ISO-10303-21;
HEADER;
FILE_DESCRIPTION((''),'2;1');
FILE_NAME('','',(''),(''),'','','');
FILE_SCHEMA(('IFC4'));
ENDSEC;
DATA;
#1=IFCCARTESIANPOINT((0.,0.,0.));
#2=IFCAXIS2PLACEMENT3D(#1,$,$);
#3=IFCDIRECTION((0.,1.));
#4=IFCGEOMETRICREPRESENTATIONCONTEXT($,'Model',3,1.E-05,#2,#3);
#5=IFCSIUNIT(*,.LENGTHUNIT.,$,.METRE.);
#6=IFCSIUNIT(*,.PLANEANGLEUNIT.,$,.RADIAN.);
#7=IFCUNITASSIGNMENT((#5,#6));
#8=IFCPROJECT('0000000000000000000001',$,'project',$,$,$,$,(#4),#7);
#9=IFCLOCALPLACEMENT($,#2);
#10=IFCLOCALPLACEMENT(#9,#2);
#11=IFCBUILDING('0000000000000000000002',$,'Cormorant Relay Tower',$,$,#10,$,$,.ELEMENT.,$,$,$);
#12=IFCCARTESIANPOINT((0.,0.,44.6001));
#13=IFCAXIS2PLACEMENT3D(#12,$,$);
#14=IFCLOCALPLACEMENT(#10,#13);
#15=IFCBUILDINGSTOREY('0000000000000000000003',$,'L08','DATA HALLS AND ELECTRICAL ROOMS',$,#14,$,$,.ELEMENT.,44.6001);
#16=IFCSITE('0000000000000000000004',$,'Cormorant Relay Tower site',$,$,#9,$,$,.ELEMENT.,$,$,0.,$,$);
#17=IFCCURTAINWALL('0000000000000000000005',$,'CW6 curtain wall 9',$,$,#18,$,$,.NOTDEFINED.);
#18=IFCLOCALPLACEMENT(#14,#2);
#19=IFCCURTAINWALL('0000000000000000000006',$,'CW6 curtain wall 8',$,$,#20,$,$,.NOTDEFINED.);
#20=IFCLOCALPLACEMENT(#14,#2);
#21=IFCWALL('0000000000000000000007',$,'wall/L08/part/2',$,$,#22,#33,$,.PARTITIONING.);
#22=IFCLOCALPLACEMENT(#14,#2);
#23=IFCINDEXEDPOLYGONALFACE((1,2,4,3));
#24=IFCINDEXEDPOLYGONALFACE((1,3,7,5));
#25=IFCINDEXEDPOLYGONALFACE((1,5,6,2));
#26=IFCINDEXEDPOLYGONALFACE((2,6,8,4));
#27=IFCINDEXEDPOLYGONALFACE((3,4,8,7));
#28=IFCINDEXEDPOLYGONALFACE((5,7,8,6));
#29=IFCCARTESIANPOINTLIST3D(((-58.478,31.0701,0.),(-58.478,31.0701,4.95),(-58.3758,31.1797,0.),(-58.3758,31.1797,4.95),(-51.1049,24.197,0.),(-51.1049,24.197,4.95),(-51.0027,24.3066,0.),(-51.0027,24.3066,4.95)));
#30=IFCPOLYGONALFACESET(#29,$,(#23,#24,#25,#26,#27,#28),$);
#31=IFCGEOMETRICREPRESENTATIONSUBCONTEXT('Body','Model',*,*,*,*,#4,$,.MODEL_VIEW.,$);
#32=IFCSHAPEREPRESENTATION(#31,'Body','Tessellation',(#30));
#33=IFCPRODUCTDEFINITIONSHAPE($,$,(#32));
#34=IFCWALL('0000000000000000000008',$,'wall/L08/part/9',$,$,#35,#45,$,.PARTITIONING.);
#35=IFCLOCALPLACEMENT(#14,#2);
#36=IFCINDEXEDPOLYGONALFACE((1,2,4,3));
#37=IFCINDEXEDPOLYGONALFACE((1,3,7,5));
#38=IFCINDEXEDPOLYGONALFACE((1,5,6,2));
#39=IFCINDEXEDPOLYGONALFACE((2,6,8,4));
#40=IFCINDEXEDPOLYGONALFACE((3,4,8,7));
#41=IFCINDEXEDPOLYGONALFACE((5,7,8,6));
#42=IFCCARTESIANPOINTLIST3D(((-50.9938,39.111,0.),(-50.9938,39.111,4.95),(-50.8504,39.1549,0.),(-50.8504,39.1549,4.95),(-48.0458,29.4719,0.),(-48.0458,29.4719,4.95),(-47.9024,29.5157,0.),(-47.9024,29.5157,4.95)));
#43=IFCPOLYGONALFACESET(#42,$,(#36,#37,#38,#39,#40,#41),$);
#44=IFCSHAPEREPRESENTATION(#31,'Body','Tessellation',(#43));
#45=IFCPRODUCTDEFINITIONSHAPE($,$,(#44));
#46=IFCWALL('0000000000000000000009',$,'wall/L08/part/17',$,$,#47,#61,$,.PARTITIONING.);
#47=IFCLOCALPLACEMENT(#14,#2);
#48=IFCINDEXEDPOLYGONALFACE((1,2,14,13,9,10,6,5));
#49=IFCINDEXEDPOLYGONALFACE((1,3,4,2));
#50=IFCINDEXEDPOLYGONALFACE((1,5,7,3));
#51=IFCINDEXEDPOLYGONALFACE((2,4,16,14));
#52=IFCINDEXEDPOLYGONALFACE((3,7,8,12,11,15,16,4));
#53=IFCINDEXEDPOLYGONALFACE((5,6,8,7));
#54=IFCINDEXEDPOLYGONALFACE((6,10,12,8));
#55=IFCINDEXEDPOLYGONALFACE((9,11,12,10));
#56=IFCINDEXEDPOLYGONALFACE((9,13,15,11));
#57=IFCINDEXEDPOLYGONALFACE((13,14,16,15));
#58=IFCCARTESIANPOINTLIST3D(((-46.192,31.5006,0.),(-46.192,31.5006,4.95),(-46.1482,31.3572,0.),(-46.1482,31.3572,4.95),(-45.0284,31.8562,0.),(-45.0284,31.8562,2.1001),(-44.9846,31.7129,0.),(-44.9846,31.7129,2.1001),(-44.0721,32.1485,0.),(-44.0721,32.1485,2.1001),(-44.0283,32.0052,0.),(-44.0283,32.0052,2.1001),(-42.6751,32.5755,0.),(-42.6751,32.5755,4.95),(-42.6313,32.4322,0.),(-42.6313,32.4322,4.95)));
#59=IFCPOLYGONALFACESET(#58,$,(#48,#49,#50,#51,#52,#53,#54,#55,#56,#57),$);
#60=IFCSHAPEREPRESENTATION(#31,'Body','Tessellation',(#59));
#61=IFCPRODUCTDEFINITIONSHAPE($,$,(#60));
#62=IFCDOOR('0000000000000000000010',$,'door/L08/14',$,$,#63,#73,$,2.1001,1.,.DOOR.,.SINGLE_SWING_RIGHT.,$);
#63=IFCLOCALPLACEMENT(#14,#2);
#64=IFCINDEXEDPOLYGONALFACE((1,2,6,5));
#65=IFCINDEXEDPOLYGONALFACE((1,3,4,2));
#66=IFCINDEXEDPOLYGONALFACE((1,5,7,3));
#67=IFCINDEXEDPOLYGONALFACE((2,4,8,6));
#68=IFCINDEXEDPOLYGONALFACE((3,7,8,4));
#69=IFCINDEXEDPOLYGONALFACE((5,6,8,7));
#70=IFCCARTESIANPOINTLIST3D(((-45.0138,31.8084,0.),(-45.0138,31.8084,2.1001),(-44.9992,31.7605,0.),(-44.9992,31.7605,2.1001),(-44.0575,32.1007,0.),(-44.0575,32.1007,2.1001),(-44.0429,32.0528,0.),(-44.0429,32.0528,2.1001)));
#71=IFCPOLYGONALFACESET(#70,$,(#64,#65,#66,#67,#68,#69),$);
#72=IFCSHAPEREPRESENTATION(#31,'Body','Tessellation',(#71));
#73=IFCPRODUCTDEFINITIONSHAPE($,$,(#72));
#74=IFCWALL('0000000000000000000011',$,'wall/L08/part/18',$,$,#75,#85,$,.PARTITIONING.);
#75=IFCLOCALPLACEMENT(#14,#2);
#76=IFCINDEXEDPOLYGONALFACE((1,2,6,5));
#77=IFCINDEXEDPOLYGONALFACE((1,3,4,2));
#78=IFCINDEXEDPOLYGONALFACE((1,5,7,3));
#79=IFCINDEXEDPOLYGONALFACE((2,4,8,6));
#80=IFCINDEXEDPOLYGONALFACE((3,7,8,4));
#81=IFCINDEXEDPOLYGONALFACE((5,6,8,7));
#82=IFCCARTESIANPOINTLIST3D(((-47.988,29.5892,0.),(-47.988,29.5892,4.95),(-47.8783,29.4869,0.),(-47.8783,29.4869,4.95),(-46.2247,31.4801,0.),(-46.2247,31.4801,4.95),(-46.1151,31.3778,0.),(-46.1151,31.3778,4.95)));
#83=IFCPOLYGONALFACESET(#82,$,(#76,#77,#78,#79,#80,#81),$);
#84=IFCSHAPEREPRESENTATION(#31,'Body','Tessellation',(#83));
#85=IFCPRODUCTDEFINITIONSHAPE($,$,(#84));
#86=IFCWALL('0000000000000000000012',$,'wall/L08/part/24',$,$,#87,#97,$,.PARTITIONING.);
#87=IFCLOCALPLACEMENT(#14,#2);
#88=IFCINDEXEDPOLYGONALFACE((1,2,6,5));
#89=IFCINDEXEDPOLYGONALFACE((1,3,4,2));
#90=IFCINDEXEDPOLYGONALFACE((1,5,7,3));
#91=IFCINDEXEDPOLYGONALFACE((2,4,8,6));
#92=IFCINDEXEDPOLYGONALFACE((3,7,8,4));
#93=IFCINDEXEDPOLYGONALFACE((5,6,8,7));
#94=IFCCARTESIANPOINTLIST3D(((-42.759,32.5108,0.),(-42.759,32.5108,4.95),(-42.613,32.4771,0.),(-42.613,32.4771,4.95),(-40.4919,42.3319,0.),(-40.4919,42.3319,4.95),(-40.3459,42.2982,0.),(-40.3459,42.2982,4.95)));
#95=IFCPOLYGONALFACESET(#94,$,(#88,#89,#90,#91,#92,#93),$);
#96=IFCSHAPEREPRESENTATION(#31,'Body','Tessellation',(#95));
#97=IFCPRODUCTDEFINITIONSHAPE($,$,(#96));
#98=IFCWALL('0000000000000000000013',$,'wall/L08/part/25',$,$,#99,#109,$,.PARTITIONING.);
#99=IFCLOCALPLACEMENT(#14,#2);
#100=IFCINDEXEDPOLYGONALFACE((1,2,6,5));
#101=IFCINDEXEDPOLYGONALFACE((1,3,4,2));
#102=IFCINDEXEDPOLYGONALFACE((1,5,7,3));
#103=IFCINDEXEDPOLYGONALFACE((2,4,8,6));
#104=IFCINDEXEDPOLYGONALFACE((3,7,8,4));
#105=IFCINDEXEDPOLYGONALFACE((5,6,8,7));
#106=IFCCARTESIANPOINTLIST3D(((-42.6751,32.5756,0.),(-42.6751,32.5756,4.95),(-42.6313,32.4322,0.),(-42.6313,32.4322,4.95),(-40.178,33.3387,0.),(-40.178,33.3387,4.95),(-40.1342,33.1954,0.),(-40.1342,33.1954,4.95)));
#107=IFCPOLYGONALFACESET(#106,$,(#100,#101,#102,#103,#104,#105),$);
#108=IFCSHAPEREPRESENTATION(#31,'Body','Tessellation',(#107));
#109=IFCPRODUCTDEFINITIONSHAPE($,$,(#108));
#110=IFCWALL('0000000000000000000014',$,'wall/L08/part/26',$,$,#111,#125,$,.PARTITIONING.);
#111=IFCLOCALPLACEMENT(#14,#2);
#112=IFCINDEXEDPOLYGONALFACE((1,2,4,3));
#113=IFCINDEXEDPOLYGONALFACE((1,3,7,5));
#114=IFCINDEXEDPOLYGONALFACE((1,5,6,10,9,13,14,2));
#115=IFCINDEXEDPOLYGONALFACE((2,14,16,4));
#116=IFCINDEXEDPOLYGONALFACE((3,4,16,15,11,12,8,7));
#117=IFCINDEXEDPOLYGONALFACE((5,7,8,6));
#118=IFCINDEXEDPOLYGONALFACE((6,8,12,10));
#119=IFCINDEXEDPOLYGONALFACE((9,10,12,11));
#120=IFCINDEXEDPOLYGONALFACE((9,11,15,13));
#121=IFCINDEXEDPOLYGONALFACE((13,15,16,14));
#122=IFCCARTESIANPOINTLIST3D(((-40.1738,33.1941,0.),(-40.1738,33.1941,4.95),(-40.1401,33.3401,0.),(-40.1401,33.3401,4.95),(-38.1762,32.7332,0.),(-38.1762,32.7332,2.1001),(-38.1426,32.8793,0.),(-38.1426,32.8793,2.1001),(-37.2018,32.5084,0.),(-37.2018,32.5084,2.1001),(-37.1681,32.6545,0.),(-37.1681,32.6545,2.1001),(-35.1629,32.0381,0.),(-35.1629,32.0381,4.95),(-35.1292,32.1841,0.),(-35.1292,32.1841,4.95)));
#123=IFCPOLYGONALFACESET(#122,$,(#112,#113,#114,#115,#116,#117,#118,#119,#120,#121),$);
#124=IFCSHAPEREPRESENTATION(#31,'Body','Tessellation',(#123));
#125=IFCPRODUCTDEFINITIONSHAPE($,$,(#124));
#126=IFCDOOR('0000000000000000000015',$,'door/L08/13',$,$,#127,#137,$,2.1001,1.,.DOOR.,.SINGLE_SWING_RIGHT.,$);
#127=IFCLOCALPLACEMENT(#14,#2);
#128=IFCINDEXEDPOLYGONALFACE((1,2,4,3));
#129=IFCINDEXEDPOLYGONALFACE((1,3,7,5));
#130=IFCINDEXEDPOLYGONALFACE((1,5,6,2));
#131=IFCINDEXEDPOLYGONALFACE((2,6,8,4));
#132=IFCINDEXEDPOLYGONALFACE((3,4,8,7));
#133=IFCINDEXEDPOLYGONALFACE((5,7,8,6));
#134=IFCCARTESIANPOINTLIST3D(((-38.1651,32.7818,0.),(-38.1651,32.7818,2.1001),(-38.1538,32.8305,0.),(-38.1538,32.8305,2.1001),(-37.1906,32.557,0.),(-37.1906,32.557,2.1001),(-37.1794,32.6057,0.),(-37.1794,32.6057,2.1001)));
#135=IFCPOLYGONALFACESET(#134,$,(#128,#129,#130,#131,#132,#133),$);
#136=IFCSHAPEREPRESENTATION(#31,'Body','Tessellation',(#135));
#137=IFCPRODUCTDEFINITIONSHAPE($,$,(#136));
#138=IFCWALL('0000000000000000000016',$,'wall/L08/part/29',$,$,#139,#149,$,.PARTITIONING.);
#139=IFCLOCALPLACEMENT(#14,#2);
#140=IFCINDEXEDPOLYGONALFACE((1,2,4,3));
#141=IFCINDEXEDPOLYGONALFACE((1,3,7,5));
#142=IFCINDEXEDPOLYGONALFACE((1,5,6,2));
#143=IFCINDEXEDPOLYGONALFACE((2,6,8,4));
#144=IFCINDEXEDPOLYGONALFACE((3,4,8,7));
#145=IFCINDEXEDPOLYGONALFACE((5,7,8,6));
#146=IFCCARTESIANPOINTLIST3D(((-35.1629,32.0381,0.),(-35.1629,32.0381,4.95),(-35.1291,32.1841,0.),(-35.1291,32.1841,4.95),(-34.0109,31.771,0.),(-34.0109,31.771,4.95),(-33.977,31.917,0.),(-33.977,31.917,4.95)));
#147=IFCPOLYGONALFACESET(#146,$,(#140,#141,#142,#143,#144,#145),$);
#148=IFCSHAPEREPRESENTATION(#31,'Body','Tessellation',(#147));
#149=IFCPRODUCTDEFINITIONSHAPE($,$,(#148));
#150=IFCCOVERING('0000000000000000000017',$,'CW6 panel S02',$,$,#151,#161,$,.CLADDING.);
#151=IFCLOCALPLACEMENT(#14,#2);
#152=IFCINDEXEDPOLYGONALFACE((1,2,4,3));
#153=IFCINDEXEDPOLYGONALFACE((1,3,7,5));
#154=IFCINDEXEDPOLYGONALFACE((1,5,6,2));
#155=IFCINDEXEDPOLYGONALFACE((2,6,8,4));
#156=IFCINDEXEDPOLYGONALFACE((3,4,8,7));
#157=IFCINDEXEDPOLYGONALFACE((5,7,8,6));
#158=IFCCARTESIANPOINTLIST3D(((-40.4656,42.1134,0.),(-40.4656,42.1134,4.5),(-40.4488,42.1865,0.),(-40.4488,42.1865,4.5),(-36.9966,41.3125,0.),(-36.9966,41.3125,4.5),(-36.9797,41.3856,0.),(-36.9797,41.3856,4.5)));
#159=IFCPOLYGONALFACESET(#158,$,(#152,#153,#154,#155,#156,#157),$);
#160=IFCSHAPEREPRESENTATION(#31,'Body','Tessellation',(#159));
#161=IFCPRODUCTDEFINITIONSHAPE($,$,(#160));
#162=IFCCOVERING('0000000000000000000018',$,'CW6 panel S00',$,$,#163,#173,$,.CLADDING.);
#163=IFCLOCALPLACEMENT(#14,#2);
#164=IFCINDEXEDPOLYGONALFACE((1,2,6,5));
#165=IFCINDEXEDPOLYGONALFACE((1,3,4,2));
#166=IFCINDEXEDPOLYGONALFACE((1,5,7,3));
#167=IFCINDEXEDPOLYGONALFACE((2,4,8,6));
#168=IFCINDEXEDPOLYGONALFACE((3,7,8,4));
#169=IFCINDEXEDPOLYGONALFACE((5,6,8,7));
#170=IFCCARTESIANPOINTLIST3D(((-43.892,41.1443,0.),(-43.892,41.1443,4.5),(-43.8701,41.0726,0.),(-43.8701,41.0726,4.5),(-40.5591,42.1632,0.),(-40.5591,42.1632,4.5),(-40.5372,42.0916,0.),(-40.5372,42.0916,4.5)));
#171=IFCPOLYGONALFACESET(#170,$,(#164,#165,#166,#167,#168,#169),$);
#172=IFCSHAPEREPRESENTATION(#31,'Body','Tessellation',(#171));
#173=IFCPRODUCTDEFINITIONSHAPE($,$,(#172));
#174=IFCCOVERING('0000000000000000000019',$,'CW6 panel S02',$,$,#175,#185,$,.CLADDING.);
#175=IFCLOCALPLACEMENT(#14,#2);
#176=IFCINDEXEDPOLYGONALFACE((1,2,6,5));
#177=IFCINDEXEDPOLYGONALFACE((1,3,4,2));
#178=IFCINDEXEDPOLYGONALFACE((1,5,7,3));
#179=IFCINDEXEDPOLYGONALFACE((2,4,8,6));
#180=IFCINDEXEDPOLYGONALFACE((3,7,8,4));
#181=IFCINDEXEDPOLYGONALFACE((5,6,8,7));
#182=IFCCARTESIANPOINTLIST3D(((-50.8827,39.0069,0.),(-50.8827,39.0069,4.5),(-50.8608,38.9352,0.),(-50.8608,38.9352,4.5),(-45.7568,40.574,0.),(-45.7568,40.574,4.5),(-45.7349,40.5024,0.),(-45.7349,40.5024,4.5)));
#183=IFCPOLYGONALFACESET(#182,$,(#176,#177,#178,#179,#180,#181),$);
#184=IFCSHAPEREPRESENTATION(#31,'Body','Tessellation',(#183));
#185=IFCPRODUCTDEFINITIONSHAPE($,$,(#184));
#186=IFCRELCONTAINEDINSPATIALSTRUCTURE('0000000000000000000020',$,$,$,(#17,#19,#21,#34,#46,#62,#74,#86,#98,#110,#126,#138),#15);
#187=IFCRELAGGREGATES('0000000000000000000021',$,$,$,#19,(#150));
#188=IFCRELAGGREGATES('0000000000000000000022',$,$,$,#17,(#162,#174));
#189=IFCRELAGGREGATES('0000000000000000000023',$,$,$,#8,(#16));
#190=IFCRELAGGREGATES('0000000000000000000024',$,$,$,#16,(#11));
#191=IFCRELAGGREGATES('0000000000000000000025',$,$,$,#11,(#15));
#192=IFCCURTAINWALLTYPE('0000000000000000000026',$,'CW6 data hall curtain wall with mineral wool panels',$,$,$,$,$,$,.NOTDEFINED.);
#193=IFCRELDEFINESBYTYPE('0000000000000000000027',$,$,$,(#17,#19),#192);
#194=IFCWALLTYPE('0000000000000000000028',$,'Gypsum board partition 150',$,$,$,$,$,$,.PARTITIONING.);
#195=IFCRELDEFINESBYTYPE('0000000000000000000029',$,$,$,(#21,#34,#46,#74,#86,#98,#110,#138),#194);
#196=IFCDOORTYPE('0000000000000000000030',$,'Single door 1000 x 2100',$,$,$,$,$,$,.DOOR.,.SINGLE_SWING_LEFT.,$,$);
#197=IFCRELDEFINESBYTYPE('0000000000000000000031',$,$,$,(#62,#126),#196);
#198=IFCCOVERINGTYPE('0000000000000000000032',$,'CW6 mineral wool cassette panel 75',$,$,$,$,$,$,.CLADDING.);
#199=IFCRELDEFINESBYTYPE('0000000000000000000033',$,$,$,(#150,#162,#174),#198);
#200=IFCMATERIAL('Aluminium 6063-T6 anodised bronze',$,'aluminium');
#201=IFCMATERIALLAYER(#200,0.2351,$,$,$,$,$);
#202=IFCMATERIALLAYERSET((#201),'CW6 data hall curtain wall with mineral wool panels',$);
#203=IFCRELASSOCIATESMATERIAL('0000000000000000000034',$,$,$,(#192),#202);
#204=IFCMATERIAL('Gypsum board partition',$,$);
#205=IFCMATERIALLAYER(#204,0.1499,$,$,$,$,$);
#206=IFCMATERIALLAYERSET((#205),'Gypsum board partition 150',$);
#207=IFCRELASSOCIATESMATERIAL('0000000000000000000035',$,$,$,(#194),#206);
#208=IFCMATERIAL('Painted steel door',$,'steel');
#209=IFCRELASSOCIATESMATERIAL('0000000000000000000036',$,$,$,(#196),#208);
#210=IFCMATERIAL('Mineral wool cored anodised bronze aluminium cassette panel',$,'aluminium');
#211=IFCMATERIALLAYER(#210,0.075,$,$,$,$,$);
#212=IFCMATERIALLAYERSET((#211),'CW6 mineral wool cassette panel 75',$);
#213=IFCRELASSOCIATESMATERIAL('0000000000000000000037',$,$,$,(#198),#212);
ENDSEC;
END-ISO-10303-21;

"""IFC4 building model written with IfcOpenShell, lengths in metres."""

from ifc_helpers import new_model, si_unit, direction, frame, frame_2d, origin, origin_2d, place, context, subcontext, project, spatial, rectangle, extrude, material, layer, layer_set, type_object, element, fill, aggregate, save


model = new_model("IFC4")

# Units and contexts
model_context = context("Model", 3, precision=1e-05, world=origin(), true_north=direction((0.0, 1.0)))
body_context = subcontext(model_context, "Body", "Model", "MODEL_VIEW")
ifc_project = project(units=[si_unit("LENGTHUNIT", "METRE"), si_unit("PLANEANGLEUNIT", "RADIAN")], contexts=[model_context])

# Site, building, storey
site_placement = place(None, origin())
site = spatial("IfcSite", under=ifc_project, at=site_placement, Name="Cormorant Relay Tower site", CompositionType="ELEMENT", RefElevation=0.0)
building_placement = place(site_placement, origin())
building = spatial("IfcBuilding", under=site, at=building_placement, Name="Cormorant Relay Tower", CompositionType="ELEMENT")
storey_placement = place(building_placement, frame((0.0, 0.0, 44.6001)))
storey = spatial("IfcBuildingStorey", under=building, at=storey_placement, Name="L08", Description="DATA HALLS AND ELECTRICAL ROOMS", CompositionType="ELEMENT", Elevation=44.6001)

# Curtain wall
ifc_material_1 = material(Name="Aluminium 6063-T6 anodised bronze", Category="aluminium")
ifc_layer_1 = layer(ifc_material_1, 0.2351)
ifc_layer_set_1 = layer_set([ifc_layer_1], Name="CW6 data hall curtain wall with mineral wool panels")
curtain_wall_type = type_object("IfcCurtainWallType", Name="CW6 data hall curtain wall with mineral wool panels", PredefinedType="NOTDEFINED", material=ifc_layer_set_1)
curtain_wall_1_placement = place(storey_placement, origin())
curtain_wall_1 = element("IfcCurtainWall", 1, at=curtain_wall_1_placement, inside=storey, type_object=curtain_wall_type, Name="CW6 curtain wall 9", PredefinedType="NOTDEFINED")

# Curtain wall
curtain_wall_2_placement = place(storey_placement, origin())
curtain_wall_2 = element("IfcCurtainWall", 2, at=curtain_wall_2_placement, inside=storey, type_object=curtain_wall_type, Name="CW6 curtain wall 8", PredefinedType="NOTDEFINED")

# Walls
ifc_material_2 = material(Name="Gypsum board partition")
ifc_layer_2 = layer(ifc_material_2, 0.1499)
ifc_layer_set_2 = layer_set([ifc_layer_2], Name="Gypsum board partition 150")
wall_type = type_object("IfcWallType", Name="Gypsum board partition 150", PredefinedType="PARTITIONING", material=ifc_layer_set_2)
for number, where, z_axis, x_axis, name in (
    (3, (-58.427, 31.125, 0.0), (0.0, 0.0, 1.0), (0.731474, -0.681869, 0.0), "wall/L08/part/2"),
    (4, (-50.9221, 39.1331, 0.0), (0.0, 0.0, 1.0), (0.292463, -0.956277, 0.0), "wall/L08/part/9"),
):
    element("IfcWall", number, at=place(storey_placement, frame(where, z_axis=z_axis, x_axis=x_axis)), inside=storey, type_object=wall_type, Name=name, PredefinedType="PARTITIONING", context=body_context, shape_type="SweptSolid", body=[
        extrude(rectangle(XDim=10.0798, YDim=0.1499, at=frame_2d((5.04, 0.0))), origin(), (0.0, 0.0, 1.0), 4.95),
    ])

# Wall, opening, door
wall_1_placement = place(storey_placement, frame((-42.6531, 32.5039, 0.0), z_axis=(0.0, 0.0, 1.0), x_axis=(-0.956324, -0.292308, 0.0)))
wall_1 = element("IfcWall", 5, at=wall_1_placement, inside=storey, type_object=wall_type, Name="wall/L08/part/17", PredefinedType="PARTITIONING", context=body_context, shape_type="SweptSolid", body=[
    extrude(rectangle(XDim=3.6775, YDim=0.1499, at=frame_2d((1.8389, 0.0))), origin(), (0.0, 0.0, 1.0), 4.95),
])
opening_1_placement = place(wall_1_placement, frame((1.4609, 0.0, 0.0)))
opening_1 = element("IfcOpeningElement", 6, at=opening_1_placement, cuts=wall_1, PredefinedType="OPENING", context=body_context, shape_type="SweptSolid", body=[
    extrude(rectangle(XDim=1.0, YDim=2.1001, at=frame_2d((0.5, 1.05))), frame((0.0, 0.085, 0.0), z_axis=(0.0, -1.0, 0.0), x_axis=(1.0, 0.0, 0.0)), (0.0, 0.0, 1.0), 0.1699),
])
ifc_material_3 = material(Name="Painted steel door", Category="steel")
door_type = type_object("IfcDoorType", Name="Single door 1000 x 2100", OperationType="SINGLE_SWING_LEFT", PredefinedType="DOOR", material=ifc_material_3)
door_1_placement = place(opening_1_placement, frame((1.0, 0.0, 0.0), z_axis=(0.0, 0.0, 1.0), x_axis=(-1.0, 0.0, 0.0)))
door_1 = element("IfcDoor", 7, at=door_1_placement, inside=storey, type_object=door_type, Name="door/L08/14", OperationType="SINGLE_SWING_RIGHT", OverallHeight=2.1001, OverallWidth=1.0, PredefinedType="DOOR", context=body_context, shape_type="SweptSolid", body=[
    extrude(rectangle(XDim=1.0, YDim=2.1001, at=frame_2d((0.5, 1.05))), frame((0.0, 0.0249, 0.0), z_axis=(0.0, -1.0, 0.0), x_axis=(1.0, 0.0, 0.0)), (0.0, 0.0, 1.0), 0.05),
])
fill(opening_1, door_1)

# Walls
wall_2_placement = place(storey_placement, frame((-46.1699, 31.429, 0.0), z_axis=(0.0, 0.0, 1.0), x_axis=(-0.681982, -0.731369, 0.0)))
element("IfcWall", 8, at=wall_2_placement, inside=storey, type_object=wall_type, Name="wall/L08/part/18", PredefinedType="PARTITIONING", context=body_context, shape_type="SweptSolid", body=[
    extrude(rectangle(XDim=2.5854, YDim=0.1499, at=frame_2d((1.2927, 0.0))), origin(), (0.0, 0.0, 1.0), 4.95),
])
wall_3_placement = place(storey_placement, frame((-40.4189, 42.3149, 0.0), z_axis=(0.0, 0.0, 1.0), x_axis=(-0.224925, -0.974376, 0.0)))
element("IfcWall", 9, at=wall_3_placement, inside=storey, type_object=wall_type, Name="wall/L08/part/24", PredefinedType="PARTITIONING", context=body_context, shape_type="SweptSolid", body=[
    extrude(rectangle(XDim=10.0793, YDim=0.1499, at=frame_2d((5.0396, 0.0))), origin(), (0.0, 0.0, 1.0), 4.95),
])
wall_4_placement = place(storey_placement, frame((-40.156, 33.2671, 0.0), z_axis=(0.0, 0.0, 1.0), x_axis=(-0.956331, -0.292285, 0.0)))
element("IfcWall", 10, at=wall_4_placement, inside=storey, type_object=wall_type, Name="wall/L08/part/25", PredefinedType="PARTITIONING", context=body_context, shape_type="SweptSolid", body=[
    extrude(rectangle(XDim=2.6111, YDim=0.1499, at=frame_2d((1.3057, 0.0))), origin(), (0.0, 0.0, 1.0), 4.95),
])

# Wall, opening, door
wall_5_placement = place(storey_placement, frame((-40.157, 33.2671, 0.0), z_axis=(0.0, 0.0, 1.0), x_axis=(0.974407, -0.22479, 0.0)))
wall_5 = element("IfcWall", 11, at=wall_5_placement, inside=storey, type_object=wall_type, Name="wall/L08/part/26", PredefinedType="PARTITIONING", context=body_context, shape_type="SweptSolid", body=[
    extrude(rectangle(XDim=5.1426, YDim=0.1499, at=frame_2d((2.5713, 0.0))), origin(), (0.0, 0.0, 1.0), 4.95),
])
opening_2_placement = place(wall_5_placement, frame((2.05, 0.0, 0.0)))
opening_2 = element("IfcOpeningElement", 12, at=opening_2_placement, cuts=wall_5, PredefinedType="OPENING", context=body_context, shape_type="SweptSolid", body=[
    extrude(rectangle(XDim=1.0, YDim=2.1001, at=frame_2d((0.5, 1.05))), frame((0.0, 0.085, 0.0), z_axis=(0.0, -1.0, 0.0), x_axis=(1.0, 0.0, 0.0)), (0.0, 0.0, 1.0), 0.1699),
])
door_2_placement = place(opening_2_placement, origin())
door_2 = element("IfcDoor", 13, at=door_2_placement, inside=storey, type_object=door_type, Name="door/L08/13", OperationType="SINGLE_SWING_RIGHT", OverallHeight=2.1001, OverallWidth=1.0, PredefinedType="DOOR", context=body_context, shape_type="SweptSolid", body=[
    extrude(rectangle(XDim=1.0, YDim=2.1001, at=frame_2d((0.5, 1.05))), frame((0.0, 0.0249, 0.0), z_axis=(0.0, -1.0, 0.0), x_axis=(1.0, 0.0, 0.0)), (0.0, 0.0, 1.0), 0.05),
])
fill(opening_2, door_2)

# Wall
wall_6_placement = place(storey_placement, frame((-35.146, 32.1111, 0.0), z_axis=(0.0, 0.0, 1.0), x_axis=(0.974165, -0.225839, 0.0)))
element("IfcWall", 14, at=wall_6_placement, inside=storey, type_object=wall_type, Name="wall/L08/part/29", PredefinedType="PARTITIONING", context=body_context, shape_type="SweptSolid", body=[
    extrude(rectangle(XDim=1.1826, YDim=0.1499, at=frame_2d((0.5913, 0.0))), origin(), (0.0, 0.0, 1.0), 4.95),
])

# Coverings
ifc_material_4 = material(Name="Mineral wool cored anodised bronze aluminium cassette panel", Category="aluminium")
ifc_layer_3 = layer(ifc_material_4, 0.075)
ifc_layer_set_3 = layer_set([ifc_layer_3], Name="CW6 mineral wool cassette panel 75")
covering_type = type_object("IfcCoveringType", Name="CW6 mineral wool cassette panel 75", PredefinedType="CLADDING", material=ifc_layer_set_3)
covering_1_placement = place(storey_placement, frame((-38.7227, 41.7495, 0.0), z_axis=(0.0, 0.0, 1.0), x_axis=(-0.97437, 0.224951, 0.0)))
covering_1 = element("IfcCovering", 15, at=covering_1_placement, type_object=covering_type, Name="CW6 panel S02", PredefinedType="CLADDING", context=body_context, shape_type="SweptSolid", body=[
    extrude(rectangle(XDim=3.5603, YDim=0.075, at=origin_2d()), origin(), (0.0, 0.0, 1.0), 4.5),
])
aggregate(curtain_wall_2, [covering_1])
covering_2_placement = place(storey_placement, frame((-42.2146, 41.6179, 0.0), z_axis=(0.0, 0.0, 1.0), x_axis=(-0.956305, -0.292372, 0.0)))
covering_2 = element("IfcCovering", 16, at=covering_2_placement, type_object=covering_type, Name="CW6 panel S00", PredefinedType="CLADDING", context=body_context, shape_type="SweptSolid", body=[
    extrude(rectangle(XDim=3.4851, YDim=0.075, at=origin_2d()), origin(), (0.0, 0.0, 1.0), 4.5),
])
covering_3_placement = place(storey_placement, frame((-48.3088, 39.7546, 0.0), z_axis=(0.0, 0.0, 1.0), x_axis=(-0.956305, -0.292372, 0.0)))
covering_3 = element("IfcCovering", 17, at=covering_3_placement, type_object=covering_type, Name="CW6 panel S02", PredefinedType="CLADDING", context=body_context, shape_type="SweptSolid", body=[
    extrude(rectangle(XDim=5.3601, YDim=0.075, at=origin_2d()), origin(), (0.0, 0.0, 1.0), 4.5),
])
aggregate(curtain_wall_1, [covering_2, covering_3])

save(model, "model.ifc")
